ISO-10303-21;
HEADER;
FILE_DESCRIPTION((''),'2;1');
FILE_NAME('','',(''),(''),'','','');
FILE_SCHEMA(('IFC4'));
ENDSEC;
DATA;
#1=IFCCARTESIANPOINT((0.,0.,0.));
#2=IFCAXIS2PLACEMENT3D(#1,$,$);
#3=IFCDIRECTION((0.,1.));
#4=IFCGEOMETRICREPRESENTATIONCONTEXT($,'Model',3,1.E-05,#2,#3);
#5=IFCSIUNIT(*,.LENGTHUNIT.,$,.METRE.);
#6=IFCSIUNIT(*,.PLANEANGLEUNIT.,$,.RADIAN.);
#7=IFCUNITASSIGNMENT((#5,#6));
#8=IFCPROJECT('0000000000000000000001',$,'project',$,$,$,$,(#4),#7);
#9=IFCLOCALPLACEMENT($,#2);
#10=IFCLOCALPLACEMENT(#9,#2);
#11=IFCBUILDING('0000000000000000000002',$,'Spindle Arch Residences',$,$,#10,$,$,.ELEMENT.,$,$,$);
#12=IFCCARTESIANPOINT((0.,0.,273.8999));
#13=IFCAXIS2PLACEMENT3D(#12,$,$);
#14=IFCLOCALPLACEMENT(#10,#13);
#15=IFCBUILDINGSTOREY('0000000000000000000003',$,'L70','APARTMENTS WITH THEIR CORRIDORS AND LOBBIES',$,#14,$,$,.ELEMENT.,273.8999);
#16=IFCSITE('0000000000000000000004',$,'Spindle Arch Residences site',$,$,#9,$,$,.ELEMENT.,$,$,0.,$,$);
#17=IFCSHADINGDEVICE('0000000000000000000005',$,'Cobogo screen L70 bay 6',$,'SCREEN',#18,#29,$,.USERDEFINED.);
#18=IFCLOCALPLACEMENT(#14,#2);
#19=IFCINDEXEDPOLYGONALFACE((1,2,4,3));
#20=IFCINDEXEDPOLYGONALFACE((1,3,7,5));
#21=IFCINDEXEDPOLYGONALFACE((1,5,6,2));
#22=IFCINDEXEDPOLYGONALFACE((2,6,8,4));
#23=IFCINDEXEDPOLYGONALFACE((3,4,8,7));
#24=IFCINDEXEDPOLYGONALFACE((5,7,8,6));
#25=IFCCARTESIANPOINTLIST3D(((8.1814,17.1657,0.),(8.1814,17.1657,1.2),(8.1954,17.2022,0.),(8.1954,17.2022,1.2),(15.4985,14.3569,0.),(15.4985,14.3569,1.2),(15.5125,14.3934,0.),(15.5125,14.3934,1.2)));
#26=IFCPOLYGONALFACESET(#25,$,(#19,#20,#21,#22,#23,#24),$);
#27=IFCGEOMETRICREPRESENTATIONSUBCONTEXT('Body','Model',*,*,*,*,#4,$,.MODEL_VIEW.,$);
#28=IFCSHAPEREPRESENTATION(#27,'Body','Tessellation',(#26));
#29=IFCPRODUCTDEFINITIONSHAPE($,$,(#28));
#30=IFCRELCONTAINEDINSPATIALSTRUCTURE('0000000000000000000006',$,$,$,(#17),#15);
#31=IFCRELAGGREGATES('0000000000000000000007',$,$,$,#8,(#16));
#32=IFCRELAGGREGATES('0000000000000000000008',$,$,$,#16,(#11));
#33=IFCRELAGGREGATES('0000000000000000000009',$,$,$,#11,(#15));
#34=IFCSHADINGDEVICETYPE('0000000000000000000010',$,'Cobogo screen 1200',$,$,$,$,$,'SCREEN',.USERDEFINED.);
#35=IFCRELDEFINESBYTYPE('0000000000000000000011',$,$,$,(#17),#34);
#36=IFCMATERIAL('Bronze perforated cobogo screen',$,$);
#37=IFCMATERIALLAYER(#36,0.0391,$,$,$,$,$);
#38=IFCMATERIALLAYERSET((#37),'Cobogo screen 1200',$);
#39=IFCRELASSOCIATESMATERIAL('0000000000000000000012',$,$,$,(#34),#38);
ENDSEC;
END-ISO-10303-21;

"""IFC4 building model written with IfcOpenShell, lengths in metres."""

from ifc_helpers import new_model, si_unit, direction, frame, origin, origin_2d, place, context, subcontext, project, spatial, rectangle, extrude, material, layer, layer_set, type_object, element, save


model = new_model("IFC4")

# Units and contexts
model_context = context("Model", 3, precision=1e-05, world=origin(), true_north=direction((0.0, 1.0)))
body_context = subcontext(model_context, "Body", "Model", "MODEL_VIEW")
ifc_project = project(units=[si_unit("LENGTHUNIT", "METRE"), si_unit("PLANEANGLEUNIT", "RADIAN")], contexts=[model_context])

# Site, building, storey
site_placement = place(None, origin())
site = spatial("IfcSite", under=ifc_project, at=site_placement, Name="Spindle Arch Residences site", CompositionType="ELEMENT", RefElevation=0.0)
building_placement = place(site_placement, origin())
building = spatial("IfcBuilding", under=site, at=building_placement, Name="Spindle Arch Residences", CompositionType="ELEMENT")
storey_placement = place(building_placement, frame((0.0, 0.0, 273.8999)))
storey = spatial("IfcBuildingStorey", under=building, at=storey_placement, Name="L70", Description="APARTMENTS WITH THEIR CORRIDORS AND LOBBIES", CompositionType="ELEMENT", Elevation=273.8999)

# Shading device
ifc_material_1 = material(Name="Bronze perforated cobogo screen")
ifc_layer_1 = layer(ifc_material_1, 0.0391)
ifc_layer_set_1 = layer_set([ifc_layer_1], Name="Cobogo screen 1200")
shading_device_type = type_object("IfcShadingDeviceType", Name="Cobogo screen 1200", ElementType="SCREEN", PredefinedType="USERDEFINED", material=ifc_layer_set_1)
shading_device_placement = place(storey_placement, frame((11.8469, 15.7795, 0.0), z_axis=(0.0, 0.0, 1.0), x_axis=(-0.93358, 0.358368, 0.0)))
element("IfcShadingDevice", 1, at=shading_device_placement, inside=storey, type_object=shading_device_type, Name="Cobogo screen L70 bay 6", ObjectType="SCREEN", PredefinedType="USERDEFINED", context=body_context, shape_type="SweptSolid", body=[
    extrude(rectangle(XDim=7.8376, YDim=0.0391, at=origin_2d()), origin(), (0.0, 0.0, 1.0), 1.2),
])

save(model, "model.ifc")
